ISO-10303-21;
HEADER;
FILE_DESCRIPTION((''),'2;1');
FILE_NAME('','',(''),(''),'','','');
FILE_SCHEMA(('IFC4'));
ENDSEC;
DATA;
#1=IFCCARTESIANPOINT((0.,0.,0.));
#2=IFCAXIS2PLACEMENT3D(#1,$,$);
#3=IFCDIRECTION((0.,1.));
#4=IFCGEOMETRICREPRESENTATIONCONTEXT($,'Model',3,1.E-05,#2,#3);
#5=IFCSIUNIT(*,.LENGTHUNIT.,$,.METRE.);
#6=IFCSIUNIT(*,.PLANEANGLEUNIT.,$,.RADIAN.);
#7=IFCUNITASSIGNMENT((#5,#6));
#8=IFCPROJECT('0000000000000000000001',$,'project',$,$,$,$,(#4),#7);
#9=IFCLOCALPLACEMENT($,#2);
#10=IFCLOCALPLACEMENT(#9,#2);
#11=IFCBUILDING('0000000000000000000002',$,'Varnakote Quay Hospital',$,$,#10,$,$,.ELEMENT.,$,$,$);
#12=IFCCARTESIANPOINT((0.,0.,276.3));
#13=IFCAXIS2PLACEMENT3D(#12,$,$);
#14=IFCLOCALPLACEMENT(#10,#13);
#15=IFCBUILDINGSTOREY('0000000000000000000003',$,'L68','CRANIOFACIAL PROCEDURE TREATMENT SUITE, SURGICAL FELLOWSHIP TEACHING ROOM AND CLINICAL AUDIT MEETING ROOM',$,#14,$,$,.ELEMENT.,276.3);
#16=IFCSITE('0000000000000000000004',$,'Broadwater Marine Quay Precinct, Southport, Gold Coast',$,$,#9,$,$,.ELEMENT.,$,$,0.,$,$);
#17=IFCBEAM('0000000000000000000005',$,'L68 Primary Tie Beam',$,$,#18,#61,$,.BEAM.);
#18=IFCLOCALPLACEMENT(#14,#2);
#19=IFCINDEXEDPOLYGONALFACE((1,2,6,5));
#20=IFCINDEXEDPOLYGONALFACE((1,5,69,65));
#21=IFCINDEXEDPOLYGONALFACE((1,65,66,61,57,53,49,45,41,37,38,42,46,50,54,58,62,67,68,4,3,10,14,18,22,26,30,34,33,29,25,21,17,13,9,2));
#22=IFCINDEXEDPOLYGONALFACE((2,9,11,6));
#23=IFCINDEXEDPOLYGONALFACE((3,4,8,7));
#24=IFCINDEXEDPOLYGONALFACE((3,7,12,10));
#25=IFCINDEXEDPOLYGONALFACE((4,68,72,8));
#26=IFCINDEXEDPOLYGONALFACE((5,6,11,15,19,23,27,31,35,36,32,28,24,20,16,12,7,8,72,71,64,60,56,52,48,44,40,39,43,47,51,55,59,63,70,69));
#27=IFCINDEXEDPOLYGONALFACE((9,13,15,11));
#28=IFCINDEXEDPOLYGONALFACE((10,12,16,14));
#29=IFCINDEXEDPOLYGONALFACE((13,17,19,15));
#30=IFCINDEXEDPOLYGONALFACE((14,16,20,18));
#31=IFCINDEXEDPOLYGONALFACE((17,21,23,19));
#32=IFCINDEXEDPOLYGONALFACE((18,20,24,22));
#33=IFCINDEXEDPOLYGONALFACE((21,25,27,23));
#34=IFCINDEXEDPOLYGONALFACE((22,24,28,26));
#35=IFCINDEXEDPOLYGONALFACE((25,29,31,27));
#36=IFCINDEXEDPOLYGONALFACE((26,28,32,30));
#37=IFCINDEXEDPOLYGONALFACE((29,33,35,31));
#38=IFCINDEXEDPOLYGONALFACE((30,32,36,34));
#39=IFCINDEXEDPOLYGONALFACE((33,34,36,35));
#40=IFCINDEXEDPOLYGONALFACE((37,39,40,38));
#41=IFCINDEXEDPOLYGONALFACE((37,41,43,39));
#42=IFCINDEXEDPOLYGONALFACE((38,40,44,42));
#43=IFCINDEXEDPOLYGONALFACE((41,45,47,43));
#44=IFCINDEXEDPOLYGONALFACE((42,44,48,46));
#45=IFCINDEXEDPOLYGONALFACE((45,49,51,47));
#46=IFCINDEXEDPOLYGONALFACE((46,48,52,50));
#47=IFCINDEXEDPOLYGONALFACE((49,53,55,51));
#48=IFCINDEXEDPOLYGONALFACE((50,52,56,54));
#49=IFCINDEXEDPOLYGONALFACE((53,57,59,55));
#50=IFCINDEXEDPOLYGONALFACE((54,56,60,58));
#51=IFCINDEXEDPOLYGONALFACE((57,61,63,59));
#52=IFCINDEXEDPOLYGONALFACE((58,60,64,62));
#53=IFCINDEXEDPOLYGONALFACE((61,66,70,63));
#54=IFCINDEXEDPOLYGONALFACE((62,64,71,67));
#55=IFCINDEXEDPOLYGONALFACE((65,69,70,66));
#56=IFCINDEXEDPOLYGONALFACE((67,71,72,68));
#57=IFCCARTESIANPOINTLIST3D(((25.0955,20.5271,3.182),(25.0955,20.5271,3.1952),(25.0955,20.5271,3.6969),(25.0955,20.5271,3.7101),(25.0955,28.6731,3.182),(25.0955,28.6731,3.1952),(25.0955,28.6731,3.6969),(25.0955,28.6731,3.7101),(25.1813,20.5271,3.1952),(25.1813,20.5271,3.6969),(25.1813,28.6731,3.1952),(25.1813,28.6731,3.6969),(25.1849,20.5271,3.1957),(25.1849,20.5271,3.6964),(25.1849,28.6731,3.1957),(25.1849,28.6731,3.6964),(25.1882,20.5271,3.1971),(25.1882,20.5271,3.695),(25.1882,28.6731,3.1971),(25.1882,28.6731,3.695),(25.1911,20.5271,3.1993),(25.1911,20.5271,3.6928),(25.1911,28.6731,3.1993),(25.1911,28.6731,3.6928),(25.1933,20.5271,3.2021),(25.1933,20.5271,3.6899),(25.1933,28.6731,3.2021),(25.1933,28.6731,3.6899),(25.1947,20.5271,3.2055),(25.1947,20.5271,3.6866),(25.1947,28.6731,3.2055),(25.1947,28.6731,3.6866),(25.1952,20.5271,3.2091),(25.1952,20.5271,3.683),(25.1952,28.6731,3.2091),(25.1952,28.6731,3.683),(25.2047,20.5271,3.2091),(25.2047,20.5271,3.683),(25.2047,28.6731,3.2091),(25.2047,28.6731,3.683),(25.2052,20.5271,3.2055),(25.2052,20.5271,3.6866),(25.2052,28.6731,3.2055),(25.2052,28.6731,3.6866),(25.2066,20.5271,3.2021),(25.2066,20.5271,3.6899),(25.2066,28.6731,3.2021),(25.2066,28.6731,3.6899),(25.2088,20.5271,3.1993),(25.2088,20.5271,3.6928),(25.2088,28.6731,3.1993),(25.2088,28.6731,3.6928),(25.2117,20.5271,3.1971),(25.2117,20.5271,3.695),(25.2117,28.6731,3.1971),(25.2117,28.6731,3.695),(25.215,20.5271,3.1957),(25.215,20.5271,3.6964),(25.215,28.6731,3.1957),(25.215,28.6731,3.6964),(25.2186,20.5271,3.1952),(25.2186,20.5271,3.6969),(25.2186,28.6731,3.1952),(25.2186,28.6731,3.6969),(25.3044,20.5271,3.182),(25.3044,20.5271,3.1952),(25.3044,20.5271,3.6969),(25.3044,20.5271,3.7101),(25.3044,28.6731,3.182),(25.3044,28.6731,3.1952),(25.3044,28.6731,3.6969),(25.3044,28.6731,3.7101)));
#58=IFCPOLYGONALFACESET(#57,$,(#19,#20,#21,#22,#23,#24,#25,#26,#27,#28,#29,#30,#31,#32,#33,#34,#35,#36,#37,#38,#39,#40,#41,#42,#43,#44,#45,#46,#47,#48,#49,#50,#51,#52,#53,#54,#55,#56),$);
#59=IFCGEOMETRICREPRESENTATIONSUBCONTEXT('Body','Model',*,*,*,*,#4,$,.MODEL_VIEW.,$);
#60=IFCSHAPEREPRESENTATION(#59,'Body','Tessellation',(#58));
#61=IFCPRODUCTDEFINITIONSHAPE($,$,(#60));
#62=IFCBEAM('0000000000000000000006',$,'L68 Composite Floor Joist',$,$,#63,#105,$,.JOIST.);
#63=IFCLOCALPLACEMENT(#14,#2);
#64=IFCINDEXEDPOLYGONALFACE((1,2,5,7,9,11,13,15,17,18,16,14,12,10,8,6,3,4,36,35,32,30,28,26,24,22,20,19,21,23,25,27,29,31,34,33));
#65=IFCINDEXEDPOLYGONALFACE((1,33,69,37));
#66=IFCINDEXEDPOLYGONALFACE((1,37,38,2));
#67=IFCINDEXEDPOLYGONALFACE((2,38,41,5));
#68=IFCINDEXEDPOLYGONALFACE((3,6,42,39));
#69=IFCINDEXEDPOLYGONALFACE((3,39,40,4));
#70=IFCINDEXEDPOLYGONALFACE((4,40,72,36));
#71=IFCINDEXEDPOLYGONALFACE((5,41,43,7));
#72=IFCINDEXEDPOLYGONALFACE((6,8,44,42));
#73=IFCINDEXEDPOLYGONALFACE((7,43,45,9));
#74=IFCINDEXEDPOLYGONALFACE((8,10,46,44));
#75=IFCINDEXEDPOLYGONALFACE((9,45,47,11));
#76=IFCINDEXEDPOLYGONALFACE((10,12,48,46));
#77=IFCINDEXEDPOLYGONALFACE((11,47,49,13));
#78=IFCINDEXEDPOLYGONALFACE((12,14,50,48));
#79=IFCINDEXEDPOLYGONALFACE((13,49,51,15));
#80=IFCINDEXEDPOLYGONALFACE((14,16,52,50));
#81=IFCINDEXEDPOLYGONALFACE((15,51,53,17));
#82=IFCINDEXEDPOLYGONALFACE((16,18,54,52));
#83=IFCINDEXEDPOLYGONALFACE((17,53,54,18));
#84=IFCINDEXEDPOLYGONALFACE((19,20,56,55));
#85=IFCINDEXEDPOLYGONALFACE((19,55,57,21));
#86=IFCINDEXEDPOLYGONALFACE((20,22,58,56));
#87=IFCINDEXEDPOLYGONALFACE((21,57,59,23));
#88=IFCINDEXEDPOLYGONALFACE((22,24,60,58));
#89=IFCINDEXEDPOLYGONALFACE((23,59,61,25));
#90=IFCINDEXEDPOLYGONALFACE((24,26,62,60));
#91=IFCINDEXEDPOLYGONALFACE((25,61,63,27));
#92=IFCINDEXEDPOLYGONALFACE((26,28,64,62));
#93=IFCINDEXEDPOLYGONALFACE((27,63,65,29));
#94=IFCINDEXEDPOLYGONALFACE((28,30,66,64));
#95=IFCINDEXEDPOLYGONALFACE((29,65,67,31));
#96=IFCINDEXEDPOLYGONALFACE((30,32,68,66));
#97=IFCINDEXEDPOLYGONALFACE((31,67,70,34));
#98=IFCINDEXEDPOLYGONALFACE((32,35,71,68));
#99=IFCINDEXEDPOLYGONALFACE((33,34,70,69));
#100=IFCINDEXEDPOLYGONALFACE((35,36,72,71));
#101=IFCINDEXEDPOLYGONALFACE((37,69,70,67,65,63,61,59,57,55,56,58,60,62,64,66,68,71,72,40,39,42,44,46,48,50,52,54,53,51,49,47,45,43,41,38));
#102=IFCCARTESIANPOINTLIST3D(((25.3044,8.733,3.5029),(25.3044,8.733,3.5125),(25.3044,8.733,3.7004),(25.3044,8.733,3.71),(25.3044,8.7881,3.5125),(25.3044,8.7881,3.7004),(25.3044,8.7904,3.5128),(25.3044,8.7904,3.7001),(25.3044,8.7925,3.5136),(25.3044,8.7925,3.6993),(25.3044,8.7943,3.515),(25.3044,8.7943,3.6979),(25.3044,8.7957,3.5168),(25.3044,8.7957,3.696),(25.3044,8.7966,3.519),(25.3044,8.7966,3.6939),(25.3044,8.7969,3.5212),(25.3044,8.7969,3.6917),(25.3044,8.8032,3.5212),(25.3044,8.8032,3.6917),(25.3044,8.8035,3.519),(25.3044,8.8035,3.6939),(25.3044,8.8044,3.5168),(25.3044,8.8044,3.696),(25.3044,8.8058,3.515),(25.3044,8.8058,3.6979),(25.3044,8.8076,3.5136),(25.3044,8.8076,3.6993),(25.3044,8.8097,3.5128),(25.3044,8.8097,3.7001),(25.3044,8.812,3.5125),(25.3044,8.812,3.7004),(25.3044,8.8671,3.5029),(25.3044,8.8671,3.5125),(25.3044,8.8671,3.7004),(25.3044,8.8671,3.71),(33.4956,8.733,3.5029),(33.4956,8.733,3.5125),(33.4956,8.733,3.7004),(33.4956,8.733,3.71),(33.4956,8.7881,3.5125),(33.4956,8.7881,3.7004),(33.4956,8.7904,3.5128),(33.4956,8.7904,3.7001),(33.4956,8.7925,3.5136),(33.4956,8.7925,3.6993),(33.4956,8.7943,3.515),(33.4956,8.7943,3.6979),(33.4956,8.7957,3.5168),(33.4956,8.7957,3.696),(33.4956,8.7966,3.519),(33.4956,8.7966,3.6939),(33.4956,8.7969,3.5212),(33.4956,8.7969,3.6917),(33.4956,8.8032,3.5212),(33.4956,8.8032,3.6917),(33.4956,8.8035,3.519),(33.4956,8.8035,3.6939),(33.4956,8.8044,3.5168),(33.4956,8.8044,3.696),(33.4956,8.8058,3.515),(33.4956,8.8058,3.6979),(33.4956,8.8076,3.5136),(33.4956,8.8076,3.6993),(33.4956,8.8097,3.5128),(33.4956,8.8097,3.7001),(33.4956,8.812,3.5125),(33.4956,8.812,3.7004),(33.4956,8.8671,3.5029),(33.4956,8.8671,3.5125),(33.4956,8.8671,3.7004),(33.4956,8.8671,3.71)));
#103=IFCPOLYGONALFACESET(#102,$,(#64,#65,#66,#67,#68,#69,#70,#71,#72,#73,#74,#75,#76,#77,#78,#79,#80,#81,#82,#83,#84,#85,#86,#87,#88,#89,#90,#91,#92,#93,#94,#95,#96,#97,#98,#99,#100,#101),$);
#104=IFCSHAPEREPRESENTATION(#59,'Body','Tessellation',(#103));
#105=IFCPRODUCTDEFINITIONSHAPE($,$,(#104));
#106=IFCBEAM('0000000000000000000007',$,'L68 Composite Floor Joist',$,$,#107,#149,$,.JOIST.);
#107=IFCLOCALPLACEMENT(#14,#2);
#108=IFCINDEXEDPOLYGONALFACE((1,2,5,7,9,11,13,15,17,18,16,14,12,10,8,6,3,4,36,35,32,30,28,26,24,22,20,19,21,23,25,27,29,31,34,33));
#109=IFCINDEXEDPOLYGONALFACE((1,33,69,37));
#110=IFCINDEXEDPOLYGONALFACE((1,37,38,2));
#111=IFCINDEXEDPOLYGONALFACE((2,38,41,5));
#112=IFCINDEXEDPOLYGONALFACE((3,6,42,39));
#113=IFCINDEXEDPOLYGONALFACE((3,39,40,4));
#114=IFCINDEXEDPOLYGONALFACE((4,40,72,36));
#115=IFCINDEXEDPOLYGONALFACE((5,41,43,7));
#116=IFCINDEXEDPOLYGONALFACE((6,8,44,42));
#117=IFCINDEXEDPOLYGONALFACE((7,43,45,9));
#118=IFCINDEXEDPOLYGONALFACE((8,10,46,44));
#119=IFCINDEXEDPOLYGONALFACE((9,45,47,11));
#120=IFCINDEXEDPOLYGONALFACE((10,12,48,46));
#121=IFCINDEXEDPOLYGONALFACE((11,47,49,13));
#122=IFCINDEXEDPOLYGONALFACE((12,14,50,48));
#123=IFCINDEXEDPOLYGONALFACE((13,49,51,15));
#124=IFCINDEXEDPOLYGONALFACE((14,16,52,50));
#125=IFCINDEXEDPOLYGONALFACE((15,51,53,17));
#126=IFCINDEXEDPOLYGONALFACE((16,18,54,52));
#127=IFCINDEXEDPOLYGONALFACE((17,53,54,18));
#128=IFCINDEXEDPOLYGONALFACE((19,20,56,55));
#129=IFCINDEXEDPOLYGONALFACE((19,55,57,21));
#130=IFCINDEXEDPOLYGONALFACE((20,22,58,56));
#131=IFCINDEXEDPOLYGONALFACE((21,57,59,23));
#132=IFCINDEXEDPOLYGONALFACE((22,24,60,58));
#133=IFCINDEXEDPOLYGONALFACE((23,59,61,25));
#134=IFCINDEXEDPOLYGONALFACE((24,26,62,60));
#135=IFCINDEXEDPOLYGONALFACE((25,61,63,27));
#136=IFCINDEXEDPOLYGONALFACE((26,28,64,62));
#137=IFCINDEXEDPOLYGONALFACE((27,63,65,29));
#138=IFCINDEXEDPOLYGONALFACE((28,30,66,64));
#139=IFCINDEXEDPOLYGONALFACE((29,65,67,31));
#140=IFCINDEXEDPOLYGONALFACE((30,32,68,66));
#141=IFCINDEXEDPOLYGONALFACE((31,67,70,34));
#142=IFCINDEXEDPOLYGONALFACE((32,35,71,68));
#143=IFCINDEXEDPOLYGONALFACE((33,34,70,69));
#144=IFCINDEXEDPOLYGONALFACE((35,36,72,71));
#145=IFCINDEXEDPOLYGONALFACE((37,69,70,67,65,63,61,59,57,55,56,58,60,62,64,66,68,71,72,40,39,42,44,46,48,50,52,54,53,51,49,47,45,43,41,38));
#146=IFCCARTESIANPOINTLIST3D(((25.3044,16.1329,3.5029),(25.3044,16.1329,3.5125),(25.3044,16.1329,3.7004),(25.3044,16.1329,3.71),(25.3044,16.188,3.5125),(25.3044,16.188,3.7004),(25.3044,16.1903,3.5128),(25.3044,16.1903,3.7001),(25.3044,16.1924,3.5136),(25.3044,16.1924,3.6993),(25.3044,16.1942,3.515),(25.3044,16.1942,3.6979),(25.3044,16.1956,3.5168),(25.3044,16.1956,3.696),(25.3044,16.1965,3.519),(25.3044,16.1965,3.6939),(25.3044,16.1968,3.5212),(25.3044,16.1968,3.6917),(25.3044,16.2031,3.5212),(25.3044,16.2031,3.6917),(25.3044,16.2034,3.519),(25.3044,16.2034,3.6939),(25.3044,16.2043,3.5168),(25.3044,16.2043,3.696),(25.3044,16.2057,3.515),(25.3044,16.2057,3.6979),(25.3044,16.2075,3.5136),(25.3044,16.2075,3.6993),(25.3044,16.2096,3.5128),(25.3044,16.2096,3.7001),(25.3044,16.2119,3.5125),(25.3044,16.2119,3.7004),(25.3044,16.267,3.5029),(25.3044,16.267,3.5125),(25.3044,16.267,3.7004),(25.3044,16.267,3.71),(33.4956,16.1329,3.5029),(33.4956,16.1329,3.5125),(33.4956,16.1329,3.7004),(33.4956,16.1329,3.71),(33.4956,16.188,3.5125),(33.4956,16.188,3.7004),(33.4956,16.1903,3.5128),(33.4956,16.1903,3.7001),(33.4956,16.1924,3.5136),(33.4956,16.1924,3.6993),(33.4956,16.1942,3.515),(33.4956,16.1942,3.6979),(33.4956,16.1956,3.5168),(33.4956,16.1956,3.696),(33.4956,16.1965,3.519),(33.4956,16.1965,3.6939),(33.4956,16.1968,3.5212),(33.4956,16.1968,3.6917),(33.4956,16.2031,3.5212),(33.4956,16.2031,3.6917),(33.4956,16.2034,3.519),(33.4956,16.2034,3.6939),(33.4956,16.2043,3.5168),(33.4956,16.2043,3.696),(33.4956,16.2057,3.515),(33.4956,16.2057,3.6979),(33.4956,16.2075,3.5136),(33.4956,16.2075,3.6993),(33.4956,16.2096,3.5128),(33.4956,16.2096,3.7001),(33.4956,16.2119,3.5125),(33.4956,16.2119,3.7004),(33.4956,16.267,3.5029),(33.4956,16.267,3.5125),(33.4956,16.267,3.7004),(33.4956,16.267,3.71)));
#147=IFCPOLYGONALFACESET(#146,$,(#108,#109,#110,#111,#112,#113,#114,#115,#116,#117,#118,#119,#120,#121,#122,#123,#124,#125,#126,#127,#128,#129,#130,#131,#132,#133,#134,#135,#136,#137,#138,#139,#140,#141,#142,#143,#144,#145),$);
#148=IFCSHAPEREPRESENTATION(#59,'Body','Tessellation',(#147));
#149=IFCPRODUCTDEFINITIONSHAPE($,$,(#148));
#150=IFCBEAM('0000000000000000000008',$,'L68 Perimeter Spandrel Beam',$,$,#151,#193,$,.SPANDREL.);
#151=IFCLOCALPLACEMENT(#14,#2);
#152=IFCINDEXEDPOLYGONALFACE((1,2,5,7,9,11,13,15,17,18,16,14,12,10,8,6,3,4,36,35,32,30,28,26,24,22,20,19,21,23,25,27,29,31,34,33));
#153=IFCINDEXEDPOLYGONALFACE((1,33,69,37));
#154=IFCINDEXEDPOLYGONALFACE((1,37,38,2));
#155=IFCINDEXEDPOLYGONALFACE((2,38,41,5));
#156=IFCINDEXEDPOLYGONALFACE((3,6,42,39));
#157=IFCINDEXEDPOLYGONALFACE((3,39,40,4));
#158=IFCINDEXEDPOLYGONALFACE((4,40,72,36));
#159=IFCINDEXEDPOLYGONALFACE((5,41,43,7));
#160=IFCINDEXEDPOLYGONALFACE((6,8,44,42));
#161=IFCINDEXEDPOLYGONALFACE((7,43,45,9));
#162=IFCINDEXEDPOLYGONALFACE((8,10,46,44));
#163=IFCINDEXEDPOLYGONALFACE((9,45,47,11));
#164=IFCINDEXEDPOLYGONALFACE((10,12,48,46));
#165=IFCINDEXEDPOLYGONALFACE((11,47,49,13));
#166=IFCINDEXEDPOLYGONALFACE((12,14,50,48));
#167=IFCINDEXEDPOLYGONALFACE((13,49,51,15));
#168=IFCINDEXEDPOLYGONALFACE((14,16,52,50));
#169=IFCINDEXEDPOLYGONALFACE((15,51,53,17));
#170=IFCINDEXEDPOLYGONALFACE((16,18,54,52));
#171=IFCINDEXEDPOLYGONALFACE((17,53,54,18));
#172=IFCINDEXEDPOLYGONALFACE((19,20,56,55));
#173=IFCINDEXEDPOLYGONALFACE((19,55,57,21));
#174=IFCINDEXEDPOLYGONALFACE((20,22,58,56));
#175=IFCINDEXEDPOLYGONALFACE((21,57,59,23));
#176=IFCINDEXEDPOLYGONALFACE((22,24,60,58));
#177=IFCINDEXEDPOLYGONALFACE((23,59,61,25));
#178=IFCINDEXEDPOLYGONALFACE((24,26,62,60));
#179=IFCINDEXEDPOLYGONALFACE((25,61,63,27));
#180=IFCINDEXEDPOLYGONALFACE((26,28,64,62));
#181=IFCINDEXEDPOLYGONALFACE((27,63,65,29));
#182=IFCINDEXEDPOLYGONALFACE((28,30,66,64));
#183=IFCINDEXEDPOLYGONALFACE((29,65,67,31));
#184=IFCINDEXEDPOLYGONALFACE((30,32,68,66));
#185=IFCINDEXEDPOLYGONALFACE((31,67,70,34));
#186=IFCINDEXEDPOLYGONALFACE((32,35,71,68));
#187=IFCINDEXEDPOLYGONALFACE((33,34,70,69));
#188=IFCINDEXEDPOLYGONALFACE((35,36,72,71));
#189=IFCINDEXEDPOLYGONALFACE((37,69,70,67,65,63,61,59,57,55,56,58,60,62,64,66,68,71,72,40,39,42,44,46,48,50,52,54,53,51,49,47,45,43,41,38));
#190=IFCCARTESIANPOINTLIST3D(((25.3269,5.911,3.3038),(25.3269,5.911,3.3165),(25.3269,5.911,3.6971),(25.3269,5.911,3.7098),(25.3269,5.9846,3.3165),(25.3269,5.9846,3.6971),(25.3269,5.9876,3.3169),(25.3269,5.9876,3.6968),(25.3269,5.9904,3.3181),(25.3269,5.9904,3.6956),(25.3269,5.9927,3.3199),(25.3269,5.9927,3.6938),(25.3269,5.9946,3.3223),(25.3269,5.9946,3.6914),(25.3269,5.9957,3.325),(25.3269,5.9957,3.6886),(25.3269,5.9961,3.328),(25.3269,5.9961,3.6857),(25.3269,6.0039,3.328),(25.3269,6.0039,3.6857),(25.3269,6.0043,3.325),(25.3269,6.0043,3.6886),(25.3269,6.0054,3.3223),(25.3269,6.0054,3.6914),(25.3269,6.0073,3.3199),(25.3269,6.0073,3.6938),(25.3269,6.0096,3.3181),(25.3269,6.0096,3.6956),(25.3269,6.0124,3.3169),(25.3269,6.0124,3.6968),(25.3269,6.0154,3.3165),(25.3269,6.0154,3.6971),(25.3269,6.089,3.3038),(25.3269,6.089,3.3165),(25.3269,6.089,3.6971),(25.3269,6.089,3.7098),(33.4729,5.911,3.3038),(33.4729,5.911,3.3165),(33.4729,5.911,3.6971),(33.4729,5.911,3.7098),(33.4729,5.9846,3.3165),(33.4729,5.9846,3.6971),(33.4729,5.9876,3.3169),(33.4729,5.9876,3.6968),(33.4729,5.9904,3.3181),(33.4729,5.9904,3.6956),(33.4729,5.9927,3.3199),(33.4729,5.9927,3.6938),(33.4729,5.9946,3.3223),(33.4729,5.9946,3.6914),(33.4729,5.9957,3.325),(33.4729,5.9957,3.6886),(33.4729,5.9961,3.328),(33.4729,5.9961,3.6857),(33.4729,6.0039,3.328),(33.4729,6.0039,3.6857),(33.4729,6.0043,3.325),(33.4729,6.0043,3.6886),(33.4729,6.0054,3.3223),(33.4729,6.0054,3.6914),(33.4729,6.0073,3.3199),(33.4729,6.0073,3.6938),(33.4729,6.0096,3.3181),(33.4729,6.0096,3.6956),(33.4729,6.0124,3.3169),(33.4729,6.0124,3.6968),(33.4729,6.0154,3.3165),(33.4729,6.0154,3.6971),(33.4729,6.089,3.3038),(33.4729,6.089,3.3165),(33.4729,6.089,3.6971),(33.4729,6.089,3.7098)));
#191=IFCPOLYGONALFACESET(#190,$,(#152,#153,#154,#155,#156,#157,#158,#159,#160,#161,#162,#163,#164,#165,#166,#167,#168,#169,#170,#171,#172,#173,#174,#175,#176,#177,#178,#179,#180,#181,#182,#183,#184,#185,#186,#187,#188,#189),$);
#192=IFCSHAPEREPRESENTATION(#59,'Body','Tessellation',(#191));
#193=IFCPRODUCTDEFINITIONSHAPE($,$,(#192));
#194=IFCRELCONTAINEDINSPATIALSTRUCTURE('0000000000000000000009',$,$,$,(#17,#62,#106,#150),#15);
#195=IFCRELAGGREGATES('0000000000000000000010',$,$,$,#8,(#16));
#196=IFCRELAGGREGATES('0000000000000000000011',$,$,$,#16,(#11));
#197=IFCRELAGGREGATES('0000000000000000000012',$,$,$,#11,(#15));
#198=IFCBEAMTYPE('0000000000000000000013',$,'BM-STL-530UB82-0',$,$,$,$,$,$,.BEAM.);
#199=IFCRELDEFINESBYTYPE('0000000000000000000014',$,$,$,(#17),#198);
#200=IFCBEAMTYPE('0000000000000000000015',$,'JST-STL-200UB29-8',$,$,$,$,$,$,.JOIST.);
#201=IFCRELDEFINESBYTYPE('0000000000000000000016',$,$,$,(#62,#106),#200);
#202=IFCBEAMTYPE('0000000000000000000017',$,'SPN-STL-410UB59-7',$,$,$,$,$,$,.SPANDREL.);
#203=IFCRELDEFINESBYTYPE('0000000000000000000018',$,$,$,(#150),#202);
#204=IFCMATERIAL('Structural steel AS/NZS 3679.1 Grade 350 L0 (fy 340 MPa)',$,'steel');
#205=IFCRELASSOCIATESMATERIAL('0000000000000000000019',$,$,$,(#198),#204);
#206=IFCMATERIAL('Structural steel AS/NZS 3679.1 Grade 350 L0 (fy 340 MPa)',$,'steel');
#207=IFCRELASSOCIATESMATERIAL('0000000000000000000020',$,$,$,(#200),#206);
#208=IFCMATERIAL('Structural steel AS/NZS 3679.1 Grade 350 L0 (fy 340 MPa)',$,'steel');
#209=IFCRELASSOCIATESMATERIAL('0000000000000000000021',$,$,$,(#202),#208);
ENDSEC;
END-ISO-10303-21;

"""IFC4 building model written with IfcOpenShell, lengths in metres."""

from ifc_helpers import new_model, si_unit, direction, frame, origin, origin_2d, place, context, subcontext, project, spatial, i_section, extrude, material, material_profile, profile_set, type_object, element, save


model = new_model("IFC4")

# Units and contexts
model_context = context("Model", 3, precision=1e-05, world=origin(), true_north=direction((0.0, 1.0)))
body_context = subcontext(model_context, "Body", "Model", "MODEL_VIEW")
ifc_project = project(units=[si_unit("LENGTHUNIT", "METRE"), si_unit("PLANEANGLEUNIT", "RADIAN")], contexts=[model_context])

# Site, building, storey
site_placement = place(None, origin())
site = spatial("IfcSite", under=ifc_project, at=site_placement, Name="Broadwater Marine Quay Precinct, Southport, Gold Coast", CompositionType="ELEMENT", RefElevation=0.0)
building_placement = place(site_placement, origin())
building = spatial("IfcBuilding", under=site, at=building_placement, Name="Varnakote Quay Hospital", CompositionType="ELEMENT")
storey_placement = place(building_placement, frame((0.0, 0.0, 276.3)))
storey = spatial("IfcBuildingStorey", under=building, at=storey_placement, Name="L68", Description="CRANIOFACIAL PROCEDURE TREATMENT SUITE, SURGICAL FELLOWSHIP TEACHING ROOM AND CLINICAL AUDIT MEETING ROOM", CompositionType="ELEMENT", Elevation=276.3)

# Beams
ifc_material_1 = material(Name="Structural steel AS/NZS 3679.1 Grade 350 L0 (fy 340 MPa)", Category="steel")
ifc_material_profile_1 = material_profile(ifc_material_1, i_section(OverallWidth=0.209, OverallDepth=0.5281, WebThickness=0.0095, FlangeThickness=0.0132, FilletRadius=0.0139, at=origin_2d()), Name="530UB82.0")
ifc_profile_set_1 = profile_set([ifc_material_profile_1], Name="Structural steel AS/NZS 3679.1 Grade 350 L0 (fy 340 MPa)")
beam_type_1 = type_object("IfcBeamType", Name="BM-STL-530UB82-0", PredefinedType="BEAM", material=ifc_profile_set_1)
for number, where, z_axis, x_axis, name in (
    (1, (25.2, 20.5271, 3.446), (0.0, 1.0, 0.0), (-1.0, 0.0, 0.0), "L68 Primary Tie Beam"),
):
    element("IfcBeam", number, at=place(storey_placement, frame(where, z_axis=z_axis, x_axis=x_axis)), inside=storey, type_object=beam_type_1, Name=name, PredefinedType="BEAM", context=body_context, shape_type="SweptSolid", body=[
        extrude(i_section(OverallWidth=0.209, OverallDepth=0.5281, WebThickness=0.0095, FlangeThickness=0.0132, FilletRadius=0.0139, at=origin_2d()), origin(), (0.0, 0.0, 1.0), 8.146),
    ])
ifc_material_2 = material(Name="Structural steel AS/NZS 3679.1 Grade 350 L0 (fy 340 MPa)", Category="steel")
ifc_material_profile_2 = material_profile(ifc_material_2, i_section(OverallWidth=0.134, OverallDepth=0.207, WebThickness=0.0063, FlangeThickness=0.0095, FilletRadius=0.0088, at=origin_2d()), Name="200UB29.8")
ifc_profile_set_2 = profile_set([ifc_material_profile_2], Name="Structural steel AS/NZS 3679.1 Grade 350 L0 (fy 340 MPa)")
beam_type_2 = type_object("IfcBeamType", Name="JST-STL-200UB29-8", PredefinedType="JOIST", material=ifc_profile_set_2)
for number, where, z_axis, x_axis, name in (
    (2, (25.3044, 8.8, 3.6064), (1.0, 0.0, 0.0), (0.0, 1.0, 0.0), "L68 Composite Floor Joist"),
    (3, (25.3044, 16.2, 3.6064), (1.0, 0.0, 0.0), (0.0, 1.0, 0.0), "L68 Composite Floor Joist"),
):
    element("IfcBeam", number, at=place(storey_placement, frame(where, z_axis=z_axis, x_axis=x_axis)), inside=storey, type_object=beam_type_2, Name=name, PredefinedType="JOIST", context=body_context, shape_type="SweptSolid", body=[
        extrude(i_section(OverallWidth=0.134, OverallDepth=0.207, WebThickness=0.0063, FlangeThickness=0.0095, FilletRadius=0.0088, at=origin_2d()), origin(), (0.0, 0.0, 1.0), 8.1912),
    ])
ifc_material_3 = material(Name="Structural steel AS/NZS 3679.1 Grade 350 L0 (fy 340 MPa)", Category="steel")
ifc_material_profile_3 = material_profile(ifc_material_3, i_section(OverallWidth=0.178, OverallDepth=0.406, WebThickness=0.0078, FlangeThickness=0.0127, FilletRadius=0.0115, at=origin_2d()), Name="410UB59.7")
ifc_profile_set_3 = profile_set([ifc_material_profile_3], Name="Structural steel AS/NZS 3679.1 Grade 350 L0 (fy 340 MPa)")
beam_type_3 = type_object("IfcBeamType", Name="SPN-STL-410UB59-7", PredefinedType="SPANDREL", material=ifc_profile_set_3)
beam_1_placement = place(storey_placement, frame((25.3269, 6.0, 3.5068), z_axis=(1.0, 0.0, 0.0), x_axis=(0.0, 1.0, 0.0)))
element("IfcBeam", 4, at=beam_1_placement, inside=storey, type_object=beam_type_3, Name="L68 Perimeter Spandrel Beam", PredefinedType="SPANDREL", context=body_context, shape_type="SweptSolid", body=[
    extrude(i_section(OverallWidth=0.178, OverallDepth=0.406, WebThickness=0.0078, FlangeThickness=0.0127, FilletRadius=0.0115, at=origin_2d()), origin(), (0.0, 0.0, 1.0), 8.146),
])

save(model, "model.ifc")
